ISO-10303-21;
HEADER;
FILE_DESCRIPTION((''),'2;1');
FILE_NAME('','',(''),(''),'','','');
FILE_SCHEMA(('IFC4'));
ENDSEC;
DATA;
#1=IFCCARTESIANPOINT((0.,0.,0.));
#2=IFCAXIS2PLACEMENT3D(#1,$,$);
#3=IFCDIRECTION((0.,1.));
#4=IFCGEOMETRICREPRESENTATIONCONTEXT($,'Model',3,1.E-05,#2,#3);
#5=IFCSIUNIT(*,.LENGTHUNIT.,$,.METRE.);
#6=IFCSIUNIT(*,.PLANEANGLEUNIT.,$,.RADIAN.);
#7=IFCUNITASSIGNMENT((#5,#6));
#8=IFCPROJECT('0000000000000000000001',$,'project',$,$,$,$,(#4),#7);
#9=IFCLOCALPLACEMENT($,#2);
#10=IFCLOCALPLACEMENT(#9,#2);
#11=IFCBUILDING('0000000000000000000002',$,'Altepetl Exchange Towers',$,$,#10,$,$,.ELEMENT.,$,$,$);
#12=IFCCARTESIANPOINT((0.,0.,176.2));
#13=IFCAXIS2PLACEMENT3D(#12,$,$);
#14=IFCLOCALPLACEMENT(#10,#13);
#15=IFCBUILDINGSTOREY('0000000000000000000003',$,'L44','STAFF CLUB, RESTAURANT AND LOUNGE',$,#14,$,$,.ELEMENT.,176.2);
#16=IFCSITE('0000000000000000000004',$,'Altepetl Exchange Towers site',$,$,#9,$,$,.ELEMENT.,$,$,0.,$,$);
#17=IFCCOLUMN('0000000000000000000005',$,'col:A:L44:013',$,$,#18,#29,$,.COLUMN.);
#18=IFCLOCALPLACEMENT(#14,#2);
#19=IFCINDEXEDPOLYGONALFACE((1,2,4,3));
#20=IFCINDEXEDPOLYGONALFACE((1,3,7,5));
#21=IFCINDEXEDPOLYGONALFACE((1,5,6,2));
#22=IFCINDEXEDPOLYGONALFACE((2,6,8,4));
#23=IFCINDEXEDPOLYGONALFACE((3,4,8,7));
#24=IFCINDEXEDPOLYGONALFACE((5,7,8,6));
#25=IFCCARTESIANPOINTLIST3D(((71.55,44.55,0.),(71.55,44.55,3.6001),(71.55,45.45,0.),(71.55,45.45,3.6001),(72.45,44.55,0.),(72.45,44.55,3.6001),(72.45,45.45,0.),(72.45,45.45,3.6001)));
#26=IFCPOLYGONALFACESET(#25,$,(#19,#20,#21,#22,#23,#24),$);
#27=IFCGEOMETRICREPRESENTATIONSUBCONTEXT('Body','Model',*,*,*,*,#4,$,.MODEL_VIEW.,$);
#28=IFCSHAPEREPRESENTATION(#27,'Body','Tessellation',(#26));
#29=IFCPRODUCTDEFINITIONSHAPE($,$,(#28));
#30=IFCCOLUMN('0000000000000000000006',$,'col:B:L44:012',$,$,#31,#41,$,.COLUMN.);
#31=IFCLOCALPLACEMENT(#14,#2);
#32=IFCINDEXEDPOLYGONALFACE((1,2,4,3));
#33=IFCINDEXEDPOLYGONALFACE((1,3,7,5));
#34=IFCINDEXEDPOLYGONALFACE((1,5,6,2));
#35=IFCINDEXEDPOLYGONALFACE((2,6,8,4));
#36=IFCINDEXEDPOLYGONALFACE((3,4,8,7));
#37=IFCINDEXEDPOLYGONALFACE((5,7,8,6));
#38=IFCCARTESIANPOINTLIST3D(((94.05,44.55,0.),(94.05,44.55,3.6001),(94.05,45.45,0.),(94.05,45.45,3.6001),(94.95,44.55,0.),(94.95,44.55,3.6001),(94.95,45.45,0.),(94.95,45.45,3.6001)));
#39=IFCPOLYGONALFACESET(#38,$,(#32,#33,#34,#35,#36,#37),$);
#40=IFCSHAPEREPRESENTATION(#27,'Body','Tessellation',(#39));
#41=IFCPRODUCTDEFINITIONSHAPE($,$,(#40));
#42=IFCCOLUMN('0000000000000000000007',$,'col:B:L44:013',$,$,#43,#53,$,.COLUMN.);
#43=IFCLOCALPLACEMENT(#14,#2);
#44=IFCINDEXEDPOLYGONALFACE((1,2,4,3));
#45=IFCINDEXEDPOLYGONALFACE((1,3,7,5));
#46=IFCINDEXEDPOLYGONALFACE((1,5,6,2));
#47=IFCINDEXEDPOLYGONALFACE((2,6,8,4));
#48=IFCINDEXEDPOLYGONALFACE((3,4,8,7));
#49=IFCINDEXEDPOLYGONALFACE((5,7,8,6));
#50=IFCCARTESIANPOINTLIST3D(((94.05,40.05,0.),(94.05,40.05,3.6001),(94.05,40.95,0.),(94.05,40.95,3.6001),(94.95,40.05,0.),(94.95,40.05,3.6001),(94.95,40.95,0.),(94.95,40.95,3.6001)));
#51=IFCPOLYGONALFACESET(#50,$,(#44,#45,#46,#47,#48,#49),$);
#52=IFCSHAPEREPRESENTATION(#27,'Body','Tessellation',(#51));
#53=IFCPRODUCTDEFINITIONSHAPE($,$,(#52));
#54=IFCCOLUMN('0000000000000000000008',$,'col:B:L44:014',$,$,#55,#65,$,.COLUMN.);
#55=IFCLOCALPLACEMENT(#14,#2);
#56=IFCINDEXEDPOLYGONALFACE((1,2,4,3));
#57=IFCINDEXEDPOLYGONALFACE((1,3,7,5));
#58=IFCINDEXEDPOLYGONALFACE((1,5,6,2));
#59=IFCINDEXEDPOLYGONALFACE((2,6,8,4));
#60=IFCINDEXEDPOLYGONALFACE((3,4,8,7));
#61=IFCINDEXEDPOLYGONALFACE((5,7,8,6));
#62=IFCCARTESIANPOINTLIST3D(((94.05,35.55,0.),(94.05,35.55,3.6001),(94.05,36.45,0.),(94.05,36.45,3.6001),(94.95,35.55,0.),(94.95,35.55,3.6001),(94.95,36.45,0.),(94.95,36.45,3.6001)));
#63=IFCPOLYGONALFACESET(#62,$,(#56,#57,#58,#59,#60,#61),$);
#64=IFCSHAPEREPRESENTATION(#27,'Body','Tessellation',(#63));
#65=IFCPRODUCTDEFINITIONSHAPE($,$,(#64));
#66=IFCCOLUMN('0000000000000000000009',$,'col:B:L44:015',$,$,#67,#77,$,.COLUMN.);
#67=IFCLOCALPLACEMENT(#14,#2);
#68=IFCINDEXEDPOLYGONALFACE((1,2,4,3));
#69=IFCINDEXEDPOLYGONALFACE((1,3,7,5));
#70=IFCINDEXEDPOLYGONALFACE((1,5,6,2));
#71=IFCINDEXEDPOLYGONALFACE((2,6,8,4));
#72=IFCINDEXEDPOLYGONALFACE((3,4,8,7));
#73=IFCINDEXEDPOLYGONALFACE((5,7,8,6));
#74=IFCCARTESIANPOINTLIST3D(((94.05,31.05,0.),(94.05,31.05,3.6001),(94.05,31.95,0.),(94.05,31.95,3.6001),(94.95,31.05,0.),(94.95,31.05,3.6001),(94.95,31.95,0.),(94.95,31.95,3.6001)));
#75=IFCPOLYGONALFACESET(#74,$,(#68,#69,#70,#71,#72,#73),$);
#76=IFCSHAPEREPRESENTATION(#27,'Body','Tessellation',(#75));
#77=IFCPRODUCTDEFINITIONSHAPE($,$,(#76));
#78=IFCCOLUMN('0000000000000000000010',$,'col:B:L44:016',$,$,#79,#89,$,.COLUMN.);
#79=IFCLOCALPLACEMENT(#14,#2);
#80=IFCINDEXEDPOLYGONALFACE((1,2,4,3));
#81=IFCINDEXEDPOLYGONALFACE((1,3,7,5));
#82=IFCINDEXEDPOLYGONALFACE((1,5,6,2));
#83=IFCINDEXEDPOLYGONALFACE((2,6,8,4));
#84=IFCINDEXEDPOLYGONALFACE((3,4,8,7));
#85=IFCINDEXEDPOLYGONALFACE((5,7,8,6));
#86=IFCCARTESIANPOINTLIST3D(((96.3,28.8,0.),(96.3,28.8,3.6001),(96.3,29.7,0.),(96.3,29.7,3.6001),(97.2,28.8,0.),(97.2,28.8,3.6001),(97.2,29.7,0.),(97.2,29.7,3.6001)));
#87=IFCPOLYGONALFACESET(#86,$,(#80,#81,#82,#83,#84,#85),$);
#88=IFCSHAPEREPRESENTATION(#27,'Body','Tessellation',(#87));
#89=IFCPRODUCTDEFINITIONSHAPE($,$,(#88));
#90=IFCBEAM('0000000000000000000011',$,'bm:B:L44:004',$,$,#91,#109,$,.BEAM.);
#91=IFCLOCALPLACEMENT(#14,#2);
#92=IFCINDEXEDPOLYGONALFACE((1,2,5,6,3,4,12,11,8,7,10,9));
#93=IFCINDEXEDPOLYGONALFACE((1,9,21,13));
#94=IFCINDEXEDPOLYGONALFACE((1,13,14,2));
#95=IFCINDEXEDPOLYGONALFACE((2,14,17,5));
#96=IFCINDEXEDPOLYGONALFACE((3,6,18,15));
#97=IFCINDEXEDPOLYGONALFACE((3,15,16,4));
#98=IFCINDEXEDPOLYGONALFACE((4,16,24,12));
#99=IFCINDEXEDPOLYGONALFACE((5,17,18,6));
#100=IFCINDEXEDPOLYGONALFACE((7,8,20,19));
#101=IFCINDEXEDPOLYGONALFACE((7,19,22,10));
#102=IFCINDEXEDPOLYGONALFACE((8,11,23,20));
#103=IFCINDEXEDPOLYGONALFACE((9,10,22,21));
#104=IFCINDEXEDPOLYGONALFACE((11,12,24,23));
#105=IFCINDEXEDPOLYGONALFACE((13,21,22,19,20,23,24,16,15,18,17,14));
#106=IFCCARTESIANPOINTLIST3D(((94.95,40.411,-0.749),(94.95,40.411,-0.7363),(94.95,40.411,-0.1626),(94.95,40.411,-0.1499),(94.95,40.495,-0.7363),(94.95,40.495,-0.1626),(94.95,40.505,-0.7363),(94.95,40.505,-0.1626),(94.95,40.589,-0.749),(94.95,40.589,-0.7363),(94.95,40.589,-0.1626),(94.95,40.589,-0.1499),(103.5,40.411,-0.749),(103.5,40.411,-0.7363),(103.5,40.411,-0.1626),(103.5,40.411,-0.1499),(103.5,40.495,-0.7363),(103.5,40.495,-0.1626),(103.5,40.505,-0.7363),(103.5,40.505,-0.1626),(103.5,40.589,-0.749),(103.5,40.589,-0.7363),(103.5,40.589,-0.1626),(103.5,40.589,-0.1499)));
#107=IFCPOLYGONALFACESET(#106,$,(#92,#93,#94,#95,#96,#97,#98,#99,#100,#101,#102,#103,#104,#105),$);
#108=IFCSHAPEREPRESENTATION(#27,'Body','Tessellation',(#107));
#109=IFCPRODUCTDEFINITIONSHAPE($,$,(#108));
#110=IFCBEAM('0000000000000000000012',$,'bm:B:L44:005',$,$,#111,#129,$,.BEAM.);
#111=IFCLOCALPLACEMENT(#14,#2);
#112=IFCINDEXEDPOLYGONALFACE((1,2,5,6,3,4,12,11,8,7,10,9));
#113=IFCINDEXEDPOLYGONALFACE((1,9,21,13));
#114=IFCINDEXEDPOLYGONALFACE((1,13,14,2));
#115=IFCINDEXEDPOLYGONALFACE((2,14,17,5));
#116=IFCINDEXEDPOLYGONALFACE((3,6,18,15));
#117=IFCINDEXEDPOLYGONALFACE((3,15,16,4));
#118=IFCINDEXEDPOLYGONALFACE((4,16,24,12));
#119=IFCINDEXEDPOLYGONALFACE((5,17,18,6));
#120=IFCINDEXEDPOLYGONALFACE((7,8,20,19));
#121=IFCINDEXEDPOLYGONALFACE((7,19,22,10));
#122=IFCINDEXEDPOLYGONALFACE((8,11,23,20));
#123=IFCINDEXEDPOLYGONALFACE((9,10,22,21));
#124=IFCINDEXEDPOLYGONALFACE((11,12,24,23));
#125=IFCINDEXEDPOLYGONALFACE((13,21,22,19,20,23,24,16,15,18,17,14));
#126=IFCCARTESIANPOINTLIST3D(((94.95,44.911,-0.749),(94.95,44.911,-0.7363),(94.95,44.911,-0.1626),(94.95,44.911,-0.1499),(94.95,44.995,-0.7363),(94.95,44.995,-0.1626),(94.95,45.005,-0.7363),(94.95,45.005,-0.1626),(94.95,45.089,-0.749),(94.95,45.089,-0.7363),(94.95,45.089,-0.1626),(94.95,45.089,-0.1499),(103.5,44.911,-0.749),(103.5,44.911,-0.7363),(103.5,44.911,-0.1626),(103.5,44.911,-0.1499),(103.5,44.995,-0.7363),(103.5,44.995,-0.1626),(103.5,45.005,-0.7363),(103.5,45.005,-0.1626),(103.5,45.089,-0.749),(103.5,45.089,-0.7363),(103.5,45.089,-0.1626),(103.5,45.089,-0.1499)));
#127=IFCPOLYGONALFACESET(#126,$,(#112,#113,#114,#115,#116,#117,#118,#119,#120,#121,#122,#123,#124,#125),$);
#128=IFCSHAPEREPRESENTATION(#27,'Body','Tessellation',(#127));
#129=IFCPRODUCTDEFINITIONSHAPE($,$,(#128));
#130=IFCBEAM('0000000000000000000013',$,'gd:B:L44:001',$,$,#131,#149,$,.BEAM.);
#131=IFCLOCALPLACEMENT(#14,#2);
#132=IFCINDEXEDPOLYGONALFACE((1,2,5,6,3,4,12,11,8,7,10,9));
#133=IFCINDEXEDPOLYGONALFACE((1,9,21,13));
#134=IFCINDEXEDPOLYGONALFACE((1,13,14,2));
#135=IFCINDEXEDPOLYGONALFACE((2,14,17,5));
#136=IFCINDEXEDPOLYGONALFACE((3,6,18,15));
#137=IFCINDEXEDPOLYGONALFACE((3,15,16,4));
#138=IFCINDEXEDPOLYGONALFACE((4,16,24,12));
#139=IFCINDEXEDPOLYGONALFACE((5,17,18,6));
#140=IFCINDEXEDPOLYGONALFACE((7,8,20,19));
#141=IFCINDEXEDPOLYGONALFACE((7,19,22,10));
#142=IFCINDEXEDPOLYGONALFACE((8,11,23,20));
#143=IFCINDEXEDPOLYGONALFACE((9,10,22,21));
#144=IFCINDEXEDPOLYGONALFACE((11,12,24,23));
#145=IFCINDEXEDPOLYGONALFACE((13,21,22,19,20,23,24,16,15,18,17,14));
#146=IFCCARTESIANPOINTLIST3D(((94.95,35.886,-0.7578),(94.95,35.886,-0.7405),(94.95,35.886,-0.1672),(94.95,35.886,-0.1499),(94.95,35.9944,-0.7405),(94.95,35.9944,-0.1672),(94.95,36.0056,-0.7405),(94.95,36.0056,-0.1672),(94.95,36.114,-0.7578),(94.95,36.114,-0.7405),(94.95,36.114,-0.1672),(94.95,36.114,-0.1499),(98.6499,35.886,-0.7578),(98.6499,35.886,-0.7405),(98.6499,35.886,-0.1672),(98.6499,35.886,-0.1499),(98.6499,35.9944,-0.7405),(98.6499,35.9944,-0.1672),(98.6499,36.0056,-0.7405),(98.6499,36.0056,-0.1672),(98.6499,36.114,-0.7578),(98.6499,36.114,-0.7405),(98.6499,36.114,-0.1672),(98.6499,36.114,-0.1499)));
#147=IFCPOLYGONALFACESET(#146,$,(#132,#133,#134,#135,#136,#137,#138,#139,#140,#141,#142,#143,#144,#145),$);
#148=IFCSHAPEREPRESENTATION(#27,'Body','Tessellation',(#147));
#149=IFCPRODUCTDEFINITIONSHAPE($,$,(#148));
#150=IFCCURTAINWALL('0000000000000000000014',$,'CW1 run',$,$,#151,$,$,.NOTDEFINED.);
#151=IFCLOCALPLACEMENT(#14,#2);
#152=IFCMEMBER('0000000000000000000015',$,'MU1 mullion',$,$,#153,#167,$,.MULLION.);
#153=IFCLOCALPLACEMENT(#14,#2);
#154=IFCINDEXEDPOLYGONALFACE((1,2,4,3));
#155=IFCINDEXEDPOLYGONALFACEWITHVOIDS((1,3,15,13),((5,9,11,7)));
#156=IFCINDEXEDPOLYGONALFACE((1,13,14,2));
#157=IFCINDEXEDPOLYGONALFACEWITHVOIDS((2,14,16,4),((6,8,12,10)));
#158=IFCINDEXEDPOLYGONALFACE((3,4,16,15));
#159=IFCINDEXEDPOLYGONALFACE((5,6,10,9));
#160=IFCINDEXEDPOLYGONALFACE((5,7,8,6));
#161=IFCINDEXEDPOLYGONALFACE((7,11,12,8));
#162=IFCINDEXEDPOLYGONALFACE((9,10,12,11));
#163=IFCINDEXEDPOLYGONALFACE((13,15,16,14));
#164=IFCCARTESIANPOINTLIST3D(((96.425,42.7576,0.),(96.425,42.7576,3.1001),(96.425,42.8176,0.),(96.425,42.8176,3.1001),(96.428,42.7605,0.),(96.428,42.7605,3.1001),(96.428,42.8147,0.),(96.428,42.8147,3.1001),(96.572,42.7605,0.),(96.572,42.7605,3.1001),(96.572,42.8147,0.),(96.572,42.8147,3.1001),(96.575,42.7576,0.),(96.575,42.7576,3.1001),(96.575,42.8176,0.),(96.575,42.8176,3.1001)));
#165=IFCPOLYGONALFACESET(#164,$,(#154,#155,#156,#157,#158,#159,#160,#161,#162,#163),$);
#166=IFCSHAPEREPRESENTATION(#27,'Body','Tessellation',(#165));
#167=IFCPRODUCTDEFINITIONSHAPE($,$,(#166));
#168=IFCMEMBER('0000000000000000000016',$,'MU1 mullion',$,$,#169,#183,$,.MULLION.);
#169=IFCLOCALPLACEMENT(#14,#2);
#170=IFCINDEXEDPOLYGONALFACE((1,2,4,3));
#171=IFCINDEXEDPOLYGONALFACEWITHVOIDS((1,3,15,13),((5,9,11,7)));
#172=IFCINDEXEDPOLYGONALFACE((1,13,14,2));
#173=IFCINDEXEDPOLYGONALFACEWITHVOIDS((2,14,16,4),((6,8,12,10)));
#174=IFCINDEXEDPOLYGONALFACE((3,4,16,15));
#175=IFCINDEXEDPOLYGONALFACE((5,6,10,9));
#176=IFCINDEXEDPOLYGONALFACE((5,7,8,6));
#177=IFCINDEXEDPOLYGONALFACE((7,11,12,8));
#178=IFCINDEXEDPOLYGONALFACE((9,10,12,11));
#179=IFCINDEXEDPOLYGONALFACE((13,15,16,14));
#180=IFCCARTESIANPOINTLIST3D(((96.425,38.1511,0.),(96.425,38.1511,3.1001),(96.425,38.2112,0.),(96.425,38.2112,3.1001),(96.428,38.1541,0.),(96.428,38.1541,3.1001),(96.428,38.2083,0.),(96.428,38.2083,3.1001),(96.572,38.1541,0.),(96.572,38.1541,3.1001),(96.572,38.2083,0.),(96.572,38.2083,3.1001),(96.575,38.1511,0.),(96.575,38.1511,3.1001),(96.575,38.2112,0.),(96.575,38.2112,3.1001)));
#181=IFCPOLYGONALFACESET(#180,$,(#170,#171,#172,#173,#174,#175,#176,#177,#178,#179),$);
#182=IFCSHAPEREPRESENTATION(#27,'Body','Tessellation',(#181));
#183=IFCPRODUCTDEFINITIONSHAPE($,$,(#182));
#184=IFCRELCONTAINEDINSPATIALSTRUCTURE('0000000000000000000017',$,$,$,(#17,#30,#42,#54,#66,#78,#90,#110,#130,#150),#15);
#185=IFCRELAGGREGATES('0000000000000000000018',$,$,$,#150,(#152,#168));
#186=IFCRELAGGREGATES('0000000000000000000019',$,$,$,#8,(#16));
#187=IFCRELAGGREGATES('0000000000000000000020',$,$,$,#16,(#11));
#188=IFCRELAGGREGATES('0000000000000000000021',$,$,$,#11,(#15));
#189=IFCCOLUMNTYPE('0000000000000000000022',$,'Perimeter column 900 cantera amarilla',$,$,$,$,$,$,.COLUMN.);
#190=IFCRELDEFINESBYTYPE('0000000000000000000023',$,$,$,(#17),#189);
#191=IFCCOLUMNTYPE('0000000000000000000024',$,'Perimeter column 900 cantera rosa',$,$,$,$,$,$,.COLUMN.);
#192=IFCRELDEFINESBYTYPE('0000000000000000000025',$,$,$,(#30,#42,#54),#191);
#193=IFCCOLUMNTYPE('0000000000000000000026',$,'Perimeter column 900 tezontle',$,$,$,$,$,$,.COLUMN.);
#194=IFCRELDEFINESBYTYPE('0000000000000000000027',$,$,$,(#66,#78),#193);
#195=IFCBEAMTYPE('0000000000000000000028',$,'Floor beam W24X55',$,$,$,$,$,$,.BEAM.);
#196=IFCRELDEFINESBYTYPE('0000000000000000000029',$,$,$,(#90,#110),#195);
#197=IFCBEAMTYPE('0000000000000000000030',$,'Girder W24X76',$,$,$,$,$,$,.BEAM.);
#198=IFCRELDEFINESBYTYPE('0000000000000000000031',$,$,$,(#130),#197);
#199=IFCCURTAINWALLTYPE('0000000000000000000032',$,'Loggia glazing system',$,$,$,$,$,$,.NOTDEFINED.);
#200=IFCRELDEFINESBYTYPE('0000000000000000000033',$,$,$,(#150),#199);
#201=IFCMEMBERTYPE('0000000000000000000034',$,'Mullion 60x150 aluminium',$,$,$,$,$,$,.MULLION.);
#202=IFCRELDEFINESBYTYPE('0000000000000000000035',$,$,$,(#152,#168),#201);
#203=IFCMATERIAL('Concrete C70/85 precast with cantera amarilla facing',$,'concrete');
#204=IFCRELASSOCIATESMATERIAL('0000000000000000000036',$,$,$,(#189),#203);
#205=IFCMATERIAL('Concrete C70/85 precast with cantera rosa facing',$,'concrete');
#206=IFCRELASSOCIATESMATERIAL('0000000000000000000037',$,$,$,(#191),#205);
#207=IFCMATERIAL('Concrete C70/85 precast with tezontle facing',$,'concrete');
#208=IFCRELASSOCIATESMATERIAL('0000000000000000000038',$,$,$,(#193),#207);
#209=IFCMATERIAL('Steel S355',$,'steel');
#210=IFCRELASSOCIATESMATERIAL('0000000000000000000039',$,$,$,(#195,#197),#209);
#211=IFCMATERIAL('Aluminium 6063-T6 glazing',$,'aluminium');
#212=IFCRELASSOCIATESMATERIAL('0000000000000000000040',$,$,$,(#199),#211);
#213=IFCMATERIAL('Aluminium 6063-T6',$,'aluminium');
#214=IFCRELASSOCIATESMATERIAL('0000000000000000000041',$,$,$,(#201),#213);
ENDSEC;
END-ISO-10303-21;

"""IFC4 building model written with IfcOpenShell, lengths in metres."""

from ifc_helpers import new_model, si_unit, direction, frame, origin, origin_2d, place, context, subcontext, project, spatial, rectangle, hollow_rectangle, i_section, extrude, material, material_profile, profile_set, type_object, element, aggregate, save


model = new_model("IFC4")

# Units and contexts
model_context = context("Model", 3, precision=1e-05, world=origin(), true_north=direction((0.0, 1.0)))
body_context = subcontext(model_context, "Body", "Model", "MODEL_VIEW")
ifc_project = project(units=[si_unit("LENGTHUNIT", "METRE"), si_unit("PLANEANGLEUNIT", "RADIAN")], contexts=[model_context])

# Site, building, storey
site_placement = place(None, origin())
site = spatial("IfcSite", under=ifc_project, at=site_placement, Name="Altepetl Exchange Towers site", CompositionType="ELEMENT", RefElevation=0.0)
building_placement = place(site_placement, origin())
building = spatial("IfcBuilding", under=site, at=building_placement, Name="Altepetl Exchange Towers", CompositionType="ELEMENT")
storey_placement = place(building_placement, frame((0.0, 0.0, 176.2)))
storey = spatial("IfcBuildingStorey", under=building, at=storey_placement, Name="L44", Description="STAFF CLUB, RESTAURANT AND LOUNGE", CompositionType="ELEMENT", Elevation=176.2)

# Columns
ifc_material_1 = material(Name="Concrete C70/85 precast with cantera amarilla facing", Category="concrete")
ifc_material_profile_1 = material_profile(ifc_material_1, rectangle(XDim=0.8999, YDim=0.8999, at=origin_2d()), Name="900 x 900")
ifc_profile_set_1 = profile_set([ifc_material_profile_1], Name="Concrete C70/85 precast with cantera amarilla facing")
column_type_1 = type_object("IfcColumnType", Name="Perimeter column 900 cantera amarilla", PredefinedType="COLUMN", material=ifc_profile_set_1)
column_placement = place(storey_placement, frame((72.0, 45.0, 0.0)))
element("IfcColumn", 1, at=column_placement, inside=storey, type_object=column_type_1, Name="col:A:L44:013", PredefinedType="COLUMN", context=body_context, shape_type="SweptSolid", body=[
    extrude(rectangle(XDim=0.8999, YDim=0.8999, at=origin_2d()), origin(), (0.0, 0.0, 1.0), 3.6001),
])
ifc_material_2 = material(Name="Concrete C70/85 precast with cantera rosa facing", Category="concrete")
ifc_material_profile_2 = material_profile(ifc_material_2, rectangle(XDim=0.8999, YDim=0.8999, at=origin_2d()), Name="900 x 900")
ifc_profile_set_2 = profile_set([ifc_material_profile_2], Name="Concrete C70/85 precast with cantera rosa facing")
column_type_2 = type_object("IfcColumnType", Name="Perimeter column 900 cantera rosa", PredefinedType="COLUMN", material=ifc_profile_set_2)
for number, where, name in (
    (2, (94.5, 45.0, 0.0), "col:B:L44:012"),
    (3, (94.5, 40.5, 0.0), "col:B:L44:013"),
    (4, (94.5, 36.0, 0.0), "col:B:L44:014"),
):
    element("IfcColumn", number, at=place(storey_placement, frame(where)), inside=storey, type_object=column_type_2, Name=name, PredefinedType="COLUMN", context=body_context, shape_type="SweptSolid", body=[
        extrude(rectangle(XDim=0.8999, YDim=0.8999, at=origin_2d()), origin(), (0.0, 0.0, 1.0), 3.6001),
    ])
ifc_material_3 = material(Name="Concrete C70/85 precast with tezontle facing", Category="concrete")
ifc_material_profile_3 = material_profile(ifc_material_3, rectangle(XDim=0.8999, YDim=0.8999, at=origin_2d()), Name="900 x 900")
ifc_profile_set_3 = profile_set([ifc_material_profile_3], Name="Concrete C70/85 precast with tezontle facing")
column_type_3 = type_object("IfcColumnType", Name="Perimeter column 900 tezontle", PredefinedType="COLUMN", material=ifc_profile_set_3)
for number, where, name in (
    (5, (94.5, 31.5, 0.0), "col:B:L44:015"),
    (6, (96.75, 29.25, 0.0), "col:B:L44:016"),
):
    element("IfcColumn", number, at=place(storey_placement, frame(where)), inside=storey, type_object=column_type_3, Name=name, PredefinedType="COLUMN", context=body_context, shape_type="SweptSolid", body=[
        extrude(rectangle(XDim=0.8999, YDim=0.8999, at=origin_2d()), origin(), (0.0, 0.0, 1.0), 3.6001),
    ])

# Beams
ifc_material_4 = material(Name="Steel S355", Category="steel")
ifc_material_profile_4 = material_profile(ifc_material_4, i_section(OverallWidth=0.178, OverallDepth=0.5991, WebThickness=0.01, FlangeThickness=0.0127, at=origin_2d()), Name="W24X55")
ifc_profile_set_4 = profile_set([ifc_material_profile_4], Name="Steel S355")
beam_type_1 = type_object("IfcBeamType", Name="Floor beam W24X55", PredefinedType="BEAM", material=ifc_profile_set_4)
for number, where, z_axis, x_axis, name in (
    (7, (94.95, 40.5, -0.4495), (1.0, 0.0, 0.0), (0.0, 1.0, 0.0), "bm:B:L44:004"),
    (8, (94.95, 45.0, -0.4495), (1.0, 0.0, 0.0), (0.0, 1.0, 0.0), "bm:B:L44:005"),
):
    element("IfcBeam", number, at=place(storey_placement, frame(where, z_axis=z_axis, x_axis=x_axis)), inside=storey, type_object=beam_type_1, Name=name, PredefinedType="BEAM", context=body_context, shape_type="SweptSolid", body=[
        extrude(i_section(OverallWidth=0.178, OverallDepth=0.5991, WebThickness=0.01, FlangeThickness=0.0127, at=origin_2d()), origin(), (0.0, 0.0, 1.0), 8.55),
    ])
ifc_material_profile_5 = material_profile(ifc_material_4, i_section(OverallWidth=0.228, OverallDepth=0.6079, WebThickness=0.0112, FlangeThickness=0.0173, at=origin_2d()), Name="W24X76")
ifc_profile_set_5 = profile_set([ifc_material_profile_5], Name="Steel S355")
beam_type_2 = type_object("IfcBeamType", Name="Girder W24X76", PredefinedType="BEAM", material=ifc_profile_set_5)
beam_1_placement = place(storey_placement, frame((98.6499, 36.0, -0.4539), z_axis=(-1.0, 0.0, 0.0), x_axis=(0.0, -1.0, 0.0)))
element("IfcBeam", 9, at=beam_1_placement, inside=storey, type_object=beam_type_2, Name="gd:B:L44:001", PredefinedType="BEAM", context=body_context, shape_type="SweptSolid", body=[
    extrude(i_section(OverallWidth=0.228, OverallDepth=0.6079, WebThickness=0.0112, FlangeThickness=0.0173, at=origin_2d()), origin(), (0.0, 0.0, 1.0), 3.7),
])

# Curtain wall, members
ifc_material_5 = material(Name="Aluminium 6063-T6 glazing", Category="aluminium")
curtain_wall_type = type_object("IfcCurtainWallType", Name="Loggia glazing system", PredefinedType="NOTDEFINED", material=ifc_material_5)
curtain_wall_1_placement = place(storey_placement, origin())
curtain_wall_1 = element("IfcCurtainWall", 10, at=curtain_wall_1_placement, inside=storey, type_object=curtain_wall_type, Name="CW1 run", PredefinedType="NOTDEFINED")
ifc_material_6 = material(Name="Aluminium 6063-T6", Category="aluminium")
ifc_material_profile_6 = material_profile(ifc_material_6, hollow_rectangle(XDim=0.0601, YDim=0.1499, WallThickness=0.0029, at=origin_2d()), Name="Mullion 60x150 aluminium")
ifc_profile_set_6 = profile_set([ifc_material_profile_6], Name="Aluminium 6063-T6")
member_type = type_object("IfcMemberType", Name="Mullion 60x150 aluminium", PredefinedType="MULLION", material=ifc_profile_set_6)
member_1_placement = place(storey_placement, frame((96.5, 42.7876, 0.0), z_axis=(0.0, 0.0, 1.0), x_axis=(0.0, -1.0, 0.0)))
member_1 = element("IfcMember", 11, at=member_1_placement, type_object=member_type, Name="MU1 mullion", PredefinedType="MULLION", context=body_context, shape_type="SweptSolid", body=[
    extrude(hollow_rectangle(XDim=0.0601, YDim=0.1499, WallThickness=0.0029, at=origin_2d()), origin(), (0.0, 0.0, 1.0), 3.1001),
])
member_2_placement = place(storey_placement, frame((96.5, 38.1812, 0.0), z_axis=(0.0, 0.0, 1.0), x_axis=(0.0, -1.0, 0.0)))
member_2 = element("IfcMember", 12, at=member_2_placement, type_object=member_type, Name="MU1 mullion", PredefinedType="MULLION", context=body_context, shape_type="SweptSolid", body=[
    extrude(hollow_rectangle(XDim=0.0601, YDim=0.1499, WallThickness=0.0029, at=origin_2d()), origin(), (0.0, 0.0, 1.0), 3.1001),
])

aggregate(curtain_wall_1, [member_1, member_2])

save(model, "model.ifc")
